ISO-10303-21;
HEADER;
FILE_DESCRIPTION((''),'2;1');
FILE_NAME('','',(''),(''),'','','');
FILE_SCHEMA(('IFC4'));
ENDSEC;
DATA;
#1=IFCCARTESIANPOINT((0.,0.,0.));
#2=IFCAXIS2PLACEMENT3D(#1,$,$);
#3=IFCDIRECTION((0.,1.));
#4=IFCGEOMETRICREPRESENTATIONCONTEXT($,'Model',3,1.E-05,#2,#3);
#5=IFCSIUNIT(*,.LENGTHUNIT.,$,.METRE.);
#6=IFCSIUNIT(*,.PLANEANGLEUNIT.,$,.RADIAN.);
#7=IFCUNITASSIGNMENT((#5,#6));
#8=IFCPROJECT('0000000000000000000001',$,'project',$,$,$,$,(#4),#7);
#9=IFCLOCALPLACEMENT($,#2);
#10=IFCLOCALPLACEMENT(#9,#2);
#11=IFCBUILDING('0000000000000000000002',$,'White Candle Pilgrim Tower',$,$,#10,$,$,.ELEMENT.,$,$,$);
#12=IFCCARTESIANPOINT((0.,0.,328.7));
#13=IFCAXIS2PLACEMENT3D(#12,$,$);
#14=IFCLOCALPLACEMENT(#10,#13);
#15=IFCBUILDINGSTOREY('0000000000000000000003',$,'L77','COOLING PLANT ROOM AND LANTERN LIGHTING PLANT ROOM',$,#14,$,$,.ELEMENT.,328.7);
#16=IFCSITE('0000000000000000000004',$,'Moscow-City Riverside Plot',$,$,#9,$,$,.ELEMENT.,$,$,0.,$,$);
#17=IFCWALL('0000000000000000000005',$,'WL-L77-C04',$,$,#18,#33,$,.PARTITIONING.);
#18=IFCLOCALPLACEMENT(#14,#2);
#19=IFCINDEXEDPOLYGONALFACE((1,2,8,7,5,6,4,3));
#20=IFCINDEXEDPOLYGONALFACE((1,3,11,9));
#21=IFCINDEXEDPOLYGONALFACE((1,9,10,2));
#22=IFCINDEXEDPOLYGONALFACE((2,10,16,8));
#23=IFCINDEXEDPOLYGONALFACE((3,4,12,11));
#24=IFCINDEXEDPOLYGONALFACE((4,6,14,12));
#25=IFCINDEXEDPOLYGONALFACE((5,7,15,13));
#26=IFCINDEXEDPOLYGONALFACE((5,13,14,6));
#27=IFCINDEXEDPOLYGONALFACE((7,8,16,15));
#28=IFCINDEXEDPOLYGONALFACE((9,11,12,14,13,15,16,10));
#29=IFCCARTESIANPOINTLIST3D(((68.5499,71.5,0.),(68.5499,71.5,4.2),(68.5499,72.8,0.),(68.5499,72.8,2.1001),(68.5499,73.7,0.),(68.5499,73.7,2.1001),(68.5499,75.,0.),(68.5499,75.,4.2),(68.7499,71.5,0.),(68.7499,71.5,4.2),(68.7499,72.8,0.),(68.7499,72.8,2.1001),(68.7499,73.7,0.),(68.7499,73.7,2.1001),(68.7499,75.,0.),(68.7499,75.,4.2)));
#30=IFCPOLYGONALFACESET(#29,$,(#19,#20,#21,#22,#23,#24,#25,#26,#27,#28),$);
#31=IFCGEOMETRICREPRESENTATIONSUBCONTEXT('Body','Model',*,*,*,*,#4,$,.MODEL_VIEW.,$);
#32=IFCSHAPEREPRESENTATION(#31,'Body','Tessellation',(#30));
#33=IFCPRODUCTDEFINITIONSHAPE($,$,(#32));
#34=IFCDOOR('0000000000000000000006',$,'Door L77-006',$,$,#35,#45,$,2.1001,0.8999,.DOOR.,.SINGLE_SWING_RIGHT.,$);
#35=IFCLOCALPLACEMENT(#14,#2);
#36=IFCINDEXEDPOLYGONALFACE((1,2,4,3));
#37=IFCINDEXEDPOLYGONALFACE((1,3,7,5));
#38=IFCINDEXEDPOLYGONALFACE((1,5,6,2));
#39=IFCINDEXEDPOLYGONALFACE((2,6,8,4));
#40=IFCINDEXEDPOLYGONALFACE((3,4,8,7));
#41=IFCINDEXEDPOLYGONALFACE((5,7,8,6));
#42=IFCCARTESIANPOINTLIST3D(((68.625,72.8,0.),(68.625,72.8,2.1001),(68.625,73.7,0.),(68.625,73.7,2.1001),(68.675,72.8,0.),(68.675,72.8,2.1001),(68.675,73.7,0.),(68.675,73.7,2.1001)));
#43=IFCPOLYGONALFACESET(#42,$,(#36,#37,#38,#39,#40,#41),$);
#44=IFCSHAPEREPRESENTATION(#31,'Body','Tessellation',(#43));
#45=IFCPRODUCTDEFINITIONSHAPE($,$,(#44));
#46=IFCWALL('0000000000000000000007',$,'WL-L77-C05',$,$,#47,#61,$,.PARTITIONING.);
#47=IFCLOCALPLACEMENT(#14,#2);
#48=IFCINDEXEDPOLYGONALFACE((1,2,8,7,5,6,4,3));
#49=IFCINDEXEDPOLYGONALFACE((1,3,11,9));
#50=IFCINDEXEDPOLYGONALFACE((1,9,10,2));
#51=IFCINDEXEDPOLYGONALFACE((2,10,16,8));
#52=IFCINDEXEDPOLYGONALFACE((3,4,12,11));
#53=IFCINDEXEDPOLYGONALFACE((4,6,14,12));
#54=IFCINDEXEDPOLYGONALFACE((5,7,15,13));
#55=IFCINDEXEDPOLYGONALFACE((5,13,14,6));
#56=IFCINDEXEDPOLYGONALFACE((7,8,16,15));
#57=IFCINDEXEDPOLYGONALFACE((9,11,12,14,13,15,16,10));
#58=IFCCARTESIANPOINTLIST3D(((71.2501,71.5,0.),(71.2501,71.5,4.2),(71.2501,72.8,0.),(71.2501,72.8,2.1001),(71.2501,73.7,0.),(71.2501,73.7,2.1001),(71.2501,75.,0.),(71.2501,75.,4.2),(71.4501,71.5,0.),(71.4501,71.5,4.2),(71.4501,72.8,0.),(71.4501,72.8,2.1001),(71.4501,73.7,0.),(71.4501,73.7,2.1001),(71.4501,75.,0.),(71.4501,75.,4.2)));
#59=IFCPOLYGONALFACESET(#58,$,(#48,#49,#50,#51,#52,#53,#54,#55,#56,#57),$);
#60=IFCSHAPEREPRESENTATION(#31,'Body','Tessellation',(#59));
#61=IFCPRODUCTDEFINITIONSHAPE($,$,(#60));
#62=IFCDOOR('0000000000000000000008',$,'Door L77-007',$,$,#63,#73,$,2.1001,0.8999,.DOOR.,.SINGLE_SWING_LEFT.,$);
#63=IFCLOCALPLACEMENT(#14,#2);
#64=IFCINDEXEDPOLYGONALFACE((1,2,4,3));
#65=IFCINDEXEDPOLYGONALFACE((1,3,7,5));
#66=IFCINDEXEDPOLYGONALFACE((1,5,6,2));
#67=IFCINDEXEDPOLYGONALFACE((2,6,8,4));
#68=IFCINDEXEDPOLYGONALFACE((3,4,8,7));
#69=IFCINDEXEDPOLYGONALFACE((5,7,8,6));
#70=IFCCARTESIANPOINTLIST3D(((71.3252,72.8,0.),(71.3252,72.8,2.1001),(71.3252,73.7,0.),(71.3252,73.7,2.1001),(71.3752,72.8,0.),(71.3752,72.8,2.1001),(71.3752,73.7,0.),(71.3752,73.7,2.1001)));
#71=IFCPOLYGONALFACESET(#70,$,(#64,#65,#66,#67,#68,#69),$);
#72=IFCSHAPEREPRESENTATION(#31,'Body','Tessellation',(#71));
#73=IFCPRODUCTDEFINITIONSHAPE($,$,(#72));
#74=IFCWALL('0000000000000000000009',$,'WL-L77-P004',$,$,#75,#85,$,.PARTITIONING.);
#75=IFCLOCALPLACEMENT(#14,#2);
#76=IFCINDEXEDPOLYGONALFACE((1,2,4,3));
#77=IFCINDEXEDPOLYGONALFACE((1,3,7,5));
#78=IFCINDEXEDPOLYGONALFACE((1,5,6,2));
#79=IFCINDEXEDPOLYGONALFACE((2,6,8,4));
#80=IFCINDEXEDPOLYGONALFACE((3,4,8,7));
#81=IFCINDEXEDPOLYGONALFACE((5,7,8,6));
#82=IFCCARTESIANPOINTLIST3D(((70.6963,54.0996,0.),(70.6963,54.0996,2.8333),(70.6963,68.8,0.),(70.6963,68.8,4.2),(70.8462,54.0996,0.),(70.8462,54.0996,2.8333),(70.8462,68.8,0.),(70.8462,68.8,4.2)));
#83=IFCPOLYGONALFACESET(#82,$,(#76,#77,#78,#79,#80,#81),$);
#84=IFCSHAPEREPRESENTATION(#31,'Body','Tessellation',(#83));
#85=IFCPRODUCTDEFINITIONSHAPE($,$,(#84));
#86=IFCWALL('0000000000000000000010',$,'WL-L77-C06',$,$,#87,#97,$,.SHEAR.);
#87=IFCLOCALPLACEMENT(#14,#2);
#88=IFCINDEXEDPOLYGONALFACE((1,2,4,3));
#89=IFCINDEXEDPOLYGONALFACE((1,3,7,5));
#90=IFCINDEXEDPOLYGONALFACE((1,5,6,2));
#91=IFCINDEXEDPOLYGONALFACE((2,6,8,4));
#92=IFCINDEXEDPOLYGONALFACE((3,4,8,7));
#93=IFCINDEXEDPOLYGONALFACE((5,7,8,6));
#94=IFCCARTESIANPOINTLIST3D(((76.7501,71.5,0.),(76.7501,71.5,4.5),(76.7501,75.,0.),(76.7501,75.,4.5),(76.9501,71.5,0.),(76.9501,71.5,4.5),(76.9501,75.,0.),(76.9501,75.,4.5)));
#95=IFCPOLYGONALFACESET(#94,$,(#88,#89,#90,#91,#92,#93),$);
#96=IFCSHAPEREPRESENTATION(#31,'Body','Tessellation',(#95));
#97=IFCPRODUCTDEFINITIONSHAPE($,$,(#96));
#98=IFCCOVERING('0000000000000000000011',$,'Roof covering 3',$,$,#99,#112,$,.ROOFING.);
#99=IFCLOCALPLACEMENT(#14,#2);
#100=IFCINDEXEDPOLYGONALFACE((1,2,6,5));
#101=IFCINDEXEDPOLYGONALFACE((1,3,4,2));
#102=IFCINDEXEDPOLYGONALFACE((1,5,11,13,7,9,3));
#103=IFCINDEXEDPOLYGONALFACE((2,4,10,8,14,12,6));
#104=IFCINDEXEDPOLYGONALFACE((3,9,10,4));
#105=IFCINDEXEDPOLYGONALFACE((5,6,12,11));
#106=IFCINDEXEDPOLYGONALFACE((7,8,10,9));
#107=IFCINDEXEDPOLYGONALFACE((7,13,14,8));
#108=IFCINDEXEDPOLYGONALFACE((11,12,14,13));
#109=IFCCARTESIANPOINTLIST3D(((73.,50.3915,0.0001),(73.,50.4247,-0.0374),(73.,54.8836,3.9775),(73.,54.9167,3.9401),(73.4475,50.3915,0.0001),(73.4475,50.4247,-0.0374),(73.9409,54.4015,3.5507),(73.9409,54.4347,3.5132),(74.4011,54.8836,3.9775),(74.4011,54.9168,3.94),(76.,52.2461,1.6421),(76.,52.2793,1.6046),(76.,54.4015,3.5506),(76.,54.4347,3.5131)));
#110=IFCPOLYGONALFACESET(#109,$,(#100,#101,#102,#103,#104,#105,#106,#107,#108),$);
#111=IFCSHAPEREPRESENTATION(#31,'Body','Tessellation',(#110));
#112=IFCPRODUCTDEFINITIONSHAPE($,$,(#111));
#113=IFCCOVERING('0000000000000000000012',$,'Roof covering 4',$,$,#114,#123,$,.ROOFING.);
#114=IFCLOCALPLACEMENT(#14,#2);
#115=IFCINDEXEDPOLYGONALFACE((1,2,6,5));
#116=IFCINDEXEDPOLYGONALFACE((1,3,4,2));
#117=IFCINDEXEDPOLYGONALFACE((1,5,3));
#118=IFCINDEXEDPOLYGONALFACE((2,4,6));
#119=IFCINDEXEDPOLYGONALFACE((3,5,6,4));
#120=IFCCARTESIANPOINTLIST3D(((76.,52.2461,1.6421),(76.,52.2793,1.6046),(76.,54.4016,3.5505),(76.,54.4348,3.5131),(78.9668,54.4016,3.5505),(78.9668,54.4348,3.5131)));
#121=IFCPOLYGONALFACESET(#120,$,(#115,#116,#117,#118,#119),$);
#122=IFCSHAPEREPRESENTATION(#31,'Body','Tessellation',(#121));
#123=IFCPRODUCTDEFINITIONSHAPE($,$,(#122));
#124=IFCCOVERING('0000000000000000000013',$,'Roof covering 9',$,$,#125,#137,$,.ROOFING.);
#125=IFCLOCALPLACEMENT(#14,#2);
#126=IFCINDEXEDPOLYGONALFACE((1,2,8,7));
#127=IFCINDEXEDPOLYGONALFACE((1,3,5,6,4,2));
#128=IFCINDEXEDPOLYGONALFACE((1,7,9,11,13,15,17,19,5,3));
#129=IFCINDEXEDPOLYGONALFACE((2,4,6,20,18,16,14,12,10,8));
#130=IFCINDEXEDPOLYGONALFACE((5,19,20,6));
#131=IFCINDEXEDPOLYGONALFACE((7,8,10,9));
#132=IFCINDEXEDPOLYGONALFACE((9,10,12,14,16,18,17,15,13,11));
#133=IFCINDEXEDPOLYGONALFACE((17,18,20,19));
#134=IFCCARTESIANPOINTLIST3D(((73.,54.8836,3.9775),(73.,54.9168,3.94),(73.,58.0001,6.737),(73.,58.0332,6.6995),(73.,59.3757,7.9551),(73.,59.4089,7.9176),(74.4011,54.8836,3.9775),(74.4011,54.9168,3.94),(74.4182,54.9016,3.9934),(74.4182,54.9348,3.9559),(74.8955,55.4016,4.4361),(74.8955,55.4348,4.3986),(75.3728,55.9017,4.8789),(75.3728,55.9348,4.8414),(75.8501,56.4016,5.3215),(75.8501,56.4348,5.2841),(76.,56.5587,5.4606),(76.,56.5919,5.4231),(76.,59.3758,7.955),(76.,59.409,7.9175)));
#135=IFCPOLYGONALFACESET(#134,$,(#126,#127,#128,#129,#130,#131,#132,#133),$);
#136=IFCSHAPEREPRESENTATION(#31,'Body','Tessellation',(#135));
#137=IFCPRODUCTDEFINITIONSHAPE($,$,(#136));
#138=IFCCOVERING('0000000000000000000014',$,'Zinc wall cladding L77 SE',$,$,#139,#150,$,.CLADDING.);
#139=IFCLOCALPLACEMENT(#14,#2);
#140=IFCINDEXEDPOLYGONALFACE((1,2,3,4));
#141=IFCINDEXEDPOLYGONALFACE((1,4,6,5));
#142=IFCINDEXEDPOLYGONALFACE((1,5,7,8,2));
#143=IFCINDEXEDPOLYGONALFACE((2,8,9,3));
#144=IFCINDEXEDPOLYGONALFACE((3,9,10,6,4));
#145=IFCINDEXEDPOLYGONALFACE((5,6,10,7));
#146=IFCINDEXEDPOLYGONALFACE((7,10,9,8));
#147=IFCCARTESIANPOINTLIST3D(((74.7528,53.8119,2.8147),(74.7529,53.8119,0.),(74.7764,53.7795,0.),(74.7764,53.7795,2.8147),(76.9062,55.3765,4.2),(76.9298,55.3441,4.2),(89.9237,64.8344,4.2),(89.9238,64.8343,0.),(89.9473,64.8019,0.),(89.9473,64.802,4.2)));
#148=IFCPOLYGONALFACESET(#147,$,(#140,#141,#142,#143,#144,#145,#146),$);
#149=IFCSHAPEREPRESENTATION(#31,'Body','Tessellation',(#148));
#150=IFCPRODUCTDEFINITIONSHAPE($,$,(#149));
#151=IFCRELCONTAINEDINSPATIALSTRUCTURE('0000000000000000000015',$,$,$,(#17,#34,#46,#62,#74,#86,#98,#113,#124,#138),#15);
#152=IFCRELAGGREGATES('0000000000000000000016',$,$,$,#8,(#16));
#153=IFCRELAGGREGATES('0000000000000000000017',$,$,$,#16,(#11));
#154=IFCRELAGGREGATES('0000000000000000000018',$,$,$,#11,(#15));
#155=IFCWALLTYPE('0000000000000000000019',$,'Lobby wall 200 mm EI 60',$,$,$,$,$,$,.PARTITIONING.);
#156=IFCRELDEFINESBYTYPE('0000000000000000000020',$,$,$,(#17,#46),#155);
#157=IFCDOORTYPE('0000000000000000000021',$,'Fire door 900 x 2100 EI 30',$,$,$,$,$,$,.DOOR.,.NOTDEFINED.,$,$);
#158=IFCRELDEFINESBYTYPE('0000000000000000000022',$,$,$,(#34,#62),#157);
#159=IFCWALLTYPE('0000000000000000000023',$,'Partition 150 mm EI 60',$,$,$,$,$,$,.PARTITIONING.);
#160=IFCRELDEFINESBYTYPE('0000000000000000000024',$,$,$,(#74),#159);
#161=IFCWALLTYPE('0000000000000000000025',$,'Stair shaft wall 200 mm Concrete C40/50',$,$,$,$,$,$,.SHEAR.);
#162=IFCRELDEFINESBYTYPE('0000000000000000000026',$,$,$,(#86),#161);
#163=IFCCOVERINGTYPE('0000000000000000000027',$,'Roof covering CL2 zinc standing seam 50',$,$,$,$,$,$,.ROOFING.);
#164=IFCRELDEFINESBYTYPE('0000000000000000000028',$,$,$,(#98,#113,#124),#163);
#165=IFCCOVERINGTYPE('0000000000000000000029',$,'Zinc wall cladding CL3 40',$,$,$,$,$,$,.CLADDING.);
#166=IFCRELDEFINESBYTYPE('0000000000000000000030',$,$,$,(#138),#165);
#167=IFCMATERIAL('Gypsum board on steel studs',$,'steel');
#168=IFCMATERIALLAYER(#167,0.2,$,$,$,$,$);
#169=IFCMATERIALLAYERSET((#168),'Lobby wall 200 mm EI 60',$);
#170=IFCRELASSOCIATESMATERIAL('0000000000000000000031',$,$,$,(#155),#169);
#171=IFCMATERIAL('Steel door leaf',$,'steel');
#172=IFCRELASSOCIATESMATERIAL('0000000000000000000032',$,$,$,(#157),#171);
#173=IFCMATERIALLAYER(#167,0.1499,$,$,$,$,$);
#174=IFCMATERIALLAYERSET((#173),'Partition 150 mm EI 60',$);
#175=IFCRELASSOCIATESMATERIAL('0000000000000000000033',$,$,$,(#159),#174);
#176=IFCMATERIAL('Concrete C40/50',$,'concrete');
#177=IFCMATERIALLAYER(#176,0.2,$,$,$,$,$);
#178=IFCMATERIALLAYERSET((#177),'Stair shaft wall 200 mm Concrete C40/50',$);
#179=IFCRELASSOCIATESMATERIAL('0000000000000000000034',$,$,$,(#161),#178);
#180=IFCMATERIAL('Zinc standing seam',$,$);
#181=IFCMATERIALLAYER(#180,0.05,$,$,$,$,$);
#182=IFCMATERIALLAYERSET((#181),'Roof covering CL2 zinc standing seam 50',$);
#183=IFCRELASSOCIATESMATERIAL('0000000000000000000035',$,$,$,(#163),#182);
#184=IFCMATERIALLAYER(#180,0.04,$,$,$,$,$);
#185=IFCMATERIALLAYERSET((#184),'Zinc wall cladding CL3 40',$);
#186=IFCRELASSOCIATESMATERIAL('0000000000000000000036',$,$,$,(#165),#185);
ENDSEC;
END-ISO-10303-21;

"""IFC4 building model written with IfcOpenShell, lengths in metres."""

from ifc_helpers import new_model, si_unit, direction, frame, frame_2d, origin, place, context, subcontext, project, spatial, polyline, rectangle, outline, extrude, material, layer, layer_set, type_object, element, fill, save


model = new_model("IFC4")

# Units and contexts
model_context = context("Model", 3, precision=1e-05, world=origin(), true_north=direction((0.0, 1.0)))
body_context = subcontext(model_context, "Body", "Model", "MODEL_VIEW")
ifc_project = project(units=[si_unit("LENGTHUNIT", "METRE"), si_unit("PLANEANGLEUNIT", "RADIAN")], contexts=[model_context])

# Site, building, storey
site_placement = place(None, origin())
site = spatial("IfcSite", under=ifc_project, at=site_placement, Name="Moscow-City Riverside Plot", CompositionType="ELEMENT", RefElevation=0.0)
building_placement = place(site_placement, origin())
building = spatial("IfcBuilding", under=site, at=building_placement, Name="White Candle Pilgrim Tower", CompositionType="ELEMENT")
storey_placement = place(building_placement, frame((0.0, 0.0, 328.7)))
storey = spatial("IfcBuildingStorey", under=building, at=storey_placement, Name="L77", Description="COOLING PLANT ROOM AND LANTERN LIGHTING PLANT ROOM", CompositionType="ELEMENT", Elevation=328.7)

# Walls, openings, doors
ifc_material_1 = material(Name="Gypsum board on steel studs", Category="steel")
ifc_layer_1 = layer(ifc_material_1, 0.2)
ifc_layer_set_1 = layer_set([ifc_layer_1], Name="Lobby wall 200 mm EI 60")
wall_type_1 = type_object("IfcWallType", Name="Lobby wall 200 mm EI 60", PredefinedType="PARTITIONING", material=ifc_layer_set_1)
wall_1_placement = place(storey_placement, frame((68.6499, 71.5, 0.0), z_axis=(0.0, 0.0, 1.0), x_axis=(0.0, 1.0, 0.0)))
wall_1 = element("IfcWall", 1, at=wall_1_placement, inside=storey, type_object=wall_type_1, Name="WL-L77-C04", PredefinedType="PARTITIONING", context=body_context, shape_type="SweptSolid", body=[
    extrude(rectangle(XDim=3.5, YDim=0.2, at=frame_2d((1.75, 0.0))), origin(), (0.0, 0.0, 1.0), 4.2),
])
opening_1_placement = place(wall_1_placement, frame((1.3, 0.0, 0.0)))
opening_1 = element("IfcOpeningElement", 2, at=opening_1_placement, cuts=wall_1, PredefinedType="OPENING", context=body_context, shape_type="SweptSolid", body=[
    extrude(rectangle(XDim=0.8999, YDim=2.1001, at=frame_2d((0.45, 1.05))), frame((0.0, 0.1099, 0.0), z_axis=(0.0, -1.0, 0.0), x_axis=(1.0, 0.0, 0.0)), (0.0, 0.0, 1.0), 0.22),
])
ifc_material_2 = material(Name="Steel door leaf", Category="steel")
door_type = type_object("IfcDoorType", Name="Fire door 900 x 2100 EI 30", OperationType="NOTDEFINED", PredefinedType="DOOR", material=ifc_material_2)
door_1_placement = place(opening_1_placement, origin())
door_1 = element("IfcDoor", 3, at=door_1_placement, inside=storey, type_object=door_type, Name="Door L77-006", OperationType="SINGLE_SWING_RIGHT", OverallHeight=2.1001, OverallWidth=0.8999, PredefinedType="DOOR", context=body_context, shape_type="SweptSolid", body=[
    extrude(rectangle(XDim=0.8999, YDim=2.1001, at=frame_2d((0.45, 1.05))), frame((0.0, 0.0249, 0.0), z_axis=(0.0, -1.0, 0.0), x_axis=(1.0, 0.0, 0.0)), (0.0, 0.0, 1.0), 0.05),
])
fill(opening_1, door_1)
wall_2_placement = place(storey_placement, frame((71.3501, 71.5, 0.0), z_axis=(0.0, 0.0, 1.0), x_axis=(0.0, 1.0, 0.0)))
wall_2 = element("IfcWall", 4, at=wall_2_placement, inside=storey, type_object=wall_type_1, Name="WL-L77-C05", PredefinedType="PARTITIONING", context=body_context, shape_type="SweptSolid", body=[
    extrude(rectangle(XDim=3.5, YDim=0.2, at=frame_2d((1.75, 0.0))), origin(), (0.0, 0.0, 1.0), 4.2),
])
opening_2_placement = place(wall_2_placement, frame((1.3, 0.0, 0.0)))
opening_2 = element("IfcOpeningElement", 5, at=opening_2_placement, cuts=wall_2, PredefinedType="OPENING", context=body_context, shape_type="SweptSolid", body=[
    extrude(rectangle(XDim=0.8999, YDim=2.1001, at=frame_2d((0.45, 1.05))), frame((0.0, 0.1099, 0.0), z_axis=(0.0, -1.0, 0.0), x_axis=(1.0, 0.0, 0.0)), (0.0, 0.0, 1.0), 0.22),
])
door_2_placement = place(opening_2_placement, origin())
door_2 = element("IfcDoor", 6, at=door_2_placement, inside=storey, type_object=door_type, Name="Door L77-007", OperationType="SINGLE_SWING_LEFT", OverallHeight=2.1001, OverallWidth=0.8999, PredefinedType="DOOR", context=body_context, shape_type="SweptSolid", body=[
    extrude(rectangle(XDim=0.8999, YDim=2.1001, at=frame_2d((0.45, 1.05))), frame((0.0, 0.0249, 0.0), z_axis=(0.0, -1.0, 0.0), x_axis=(1.0, 0.0, 0.0)), (0.0, 0.0, 1.0), 0.05),
])
fill(opening_2, door_2)

# Walls
ifc_layer_2 = layer(ifc_material_1, 0.1499)
ifc_layer_set_2 = layer_set([ifc_layer_2], Name="Partition 150 mm EI 60")
wall_type_2 = type_object("IfcWallType", Name="Partition 150 mm EI 60", PredefinedType="PARTITIONING", material=ifc_layer_set_2)
wall_3_placement = place(storey_placement, frame((70.7712, 54.0996, 0.0), z_axis=(0.0, 0.0, 1.0), x_axis=(0.0, 1.0, 0.0)))
element("IfcWall", 7, at=wall_3_placement, inside=storey, type_object=wall_type_2, Name="WL-L77-P004", PredefinedType="PARTITIONING", context=body_context, shape_type="SweptSolid", body=[
    extrude(outline(polyline([(0.0, 0.0), (14.7004, 0.0), (14.7004, 4.2), (0.0, 2.8333), (0.0, 0.0)])), frame((0.0, 0.075, 0.0), z_axis=(0.0, -1.0, 0.0), x_axis=(1.0, 0.0, 0.0)), (0.0, 0.0, 1.0), 0.1499),
])
ifc_material_3 = material(Name="Concrete C40/50", Category="concrete")
ifc_layer_3 = layer(ifc_material_3, 0.2)
ifc_layer_set_3 = layer_set([ifc_layer_3], Name="Stair shaft wall 200 mm Concrete C40/50")
wall_type_3 = type_object("IfcWallType", Name="Stair shaft wall 200 mm Concrete C40/50", PredefinedType="SHEAR", material=ifc_layer_set_3)
wall_4_placement = place(storey_placement, frame((76.8501, 71.5, 0.0), z_axis=(0.0, 0.0, 1.0), x_axis=(0.0, 1.0, 0.0)))
element("IfcWall", 8, at=wall_4_placement, inside=storey, type_object=wall_type_3, Name="WL-L77-C06", PredefinedType="SHEAR", context=body_context, shape_type="SweptSolid", body=[
    extrude(rectangle(XDim=3.5, YDim=0.2, at=frame_2d((1.75, 0.0))), origin(), (0.0, 0.0, 1.0), 4.5),
])

# Coverings
ifc_material_4 = material(Name="Zinc standing seam")
ifc_layer_4 = layer(ifc_material_4, 0.05)
ifc_layer_set_4 = layer_set([ifc_layer_4], Name="Roof covering CL2 zinc standing seam 50")
covering_type_1 = type_object("IfcCoveringType", Name="Roof covering CL2 zinc standing seam 50", PredefinedType="ROOFING", material=ifc_layer_set_4)
covering_1_placement = place(storey_placement, frame((76.0, 52.2461, 1.6421), z_axis=(0.000029, -0.66292, 0.74869), x_axis=(-0.717637, -0.521414, -0.461653)))
element("IfcCovering", 9, at=covering_1_placement, inside=storey, type_object=covering_type_1, Name="Roof covering 3", PredefinedType="ROOFING", context=body_context, shape_type="SweptSolid", body=[
    extrude(outline(polyline([(0.0, 0.0), (3.5568, 0.0), (3.8779, -0.3117), (-0.3005, -4.6174), (-1.306, -3.6416), (-0.5273, -3.5), (-2.005, -2.0661), (0.0, 0.0)])), origin(), (0.0, 0.0, -1.0), 0.05),
])
covering_2_placement = place(storey_placement, frame((76.0, 54.4016, 3.5505), z_axis=(0.0, -0.662894, 0.748713), x_axis=(1.0, 0.0, 0.0)))
element("IfcCovering", 10, at=covering_2_placement, inside=storey, type_object=covering_type_1, Name="Roof covering 4", PredefinedType="ROOFING", context=body_context, shape_type="SweptSolid", body=[
    extrude(outline(polyline([(0.0, 0.0), (2.9668, 0.0), (0.0, -2.879), (0.0, 0.0)])), origin(), (0.0, 0.0, -1.0), 0.05),
])
covering_3_placement = place(storey_placement, frame((73.0, 59.3757, 7.9551), z_axis=(0.000028, -0.662925, 0.748685), x_axis=(1.0, 0.000018, -0.000021)))
element("IfcCovering", 11, at=covering_3_placement, inside=storey, type_object=covering_type_1, Name="Roof covering 9", PredefinedType="ROOFING", context=body_context, shape_type="SweptSolid", body=[
    extrude(outline(polyline([(0.0, 0.0), (3.0, 0.0), (3.0, -3.7627), (2.8501, -3.9725), (2.3728, -4.6403), (1.8955, -5.3082), (1.4182, -5.976), (1.4011, -6.0), (0.0, -6.0), (0.0, -1.8374), (0.0, 0.0)])), origin(), (0.0, 0.0, -1.0), 0.05),
])
ifc_layer_5 = layer(ifc_material_4, 0.04)
ifc_layer_set_5 = layer_set([ifc_layer_5], Name="Zinc wall cladding CL3 40")
covering_type_2 = type_object("IfcCoveringType", Name="Zinc wall cladding CL3 40", PredefinedType="CLADDING", material=ifc_layer_set_5)
covering_4_placement = place(storey_placement, frame((74.7764, 53.7795, 2.8147), z_axis=(0.58779, -0.809014, 0.000019), x_axis=(0.717641, 0.521413, 0.461649)))
element("IfcCovering", 12, at=covering_4_placement, inside=storey, type_object=covering_type_2, Name="Zinc wall cladding L77 SE", PredefinedType="CLADDING", context=body_context, shape_type="SweptSolid", body=[
    extrude(outline(polyline([(0.0, 0.0), (3.0007, 0.0), (17.274, -7.4282), (15.3351, -11.1538), (-1.2994, -2.4968), (0.0, 0.0)])), origin(), (0.0, 0.0, -1.0), 0.04),
])

save(model, "model.ifc")
